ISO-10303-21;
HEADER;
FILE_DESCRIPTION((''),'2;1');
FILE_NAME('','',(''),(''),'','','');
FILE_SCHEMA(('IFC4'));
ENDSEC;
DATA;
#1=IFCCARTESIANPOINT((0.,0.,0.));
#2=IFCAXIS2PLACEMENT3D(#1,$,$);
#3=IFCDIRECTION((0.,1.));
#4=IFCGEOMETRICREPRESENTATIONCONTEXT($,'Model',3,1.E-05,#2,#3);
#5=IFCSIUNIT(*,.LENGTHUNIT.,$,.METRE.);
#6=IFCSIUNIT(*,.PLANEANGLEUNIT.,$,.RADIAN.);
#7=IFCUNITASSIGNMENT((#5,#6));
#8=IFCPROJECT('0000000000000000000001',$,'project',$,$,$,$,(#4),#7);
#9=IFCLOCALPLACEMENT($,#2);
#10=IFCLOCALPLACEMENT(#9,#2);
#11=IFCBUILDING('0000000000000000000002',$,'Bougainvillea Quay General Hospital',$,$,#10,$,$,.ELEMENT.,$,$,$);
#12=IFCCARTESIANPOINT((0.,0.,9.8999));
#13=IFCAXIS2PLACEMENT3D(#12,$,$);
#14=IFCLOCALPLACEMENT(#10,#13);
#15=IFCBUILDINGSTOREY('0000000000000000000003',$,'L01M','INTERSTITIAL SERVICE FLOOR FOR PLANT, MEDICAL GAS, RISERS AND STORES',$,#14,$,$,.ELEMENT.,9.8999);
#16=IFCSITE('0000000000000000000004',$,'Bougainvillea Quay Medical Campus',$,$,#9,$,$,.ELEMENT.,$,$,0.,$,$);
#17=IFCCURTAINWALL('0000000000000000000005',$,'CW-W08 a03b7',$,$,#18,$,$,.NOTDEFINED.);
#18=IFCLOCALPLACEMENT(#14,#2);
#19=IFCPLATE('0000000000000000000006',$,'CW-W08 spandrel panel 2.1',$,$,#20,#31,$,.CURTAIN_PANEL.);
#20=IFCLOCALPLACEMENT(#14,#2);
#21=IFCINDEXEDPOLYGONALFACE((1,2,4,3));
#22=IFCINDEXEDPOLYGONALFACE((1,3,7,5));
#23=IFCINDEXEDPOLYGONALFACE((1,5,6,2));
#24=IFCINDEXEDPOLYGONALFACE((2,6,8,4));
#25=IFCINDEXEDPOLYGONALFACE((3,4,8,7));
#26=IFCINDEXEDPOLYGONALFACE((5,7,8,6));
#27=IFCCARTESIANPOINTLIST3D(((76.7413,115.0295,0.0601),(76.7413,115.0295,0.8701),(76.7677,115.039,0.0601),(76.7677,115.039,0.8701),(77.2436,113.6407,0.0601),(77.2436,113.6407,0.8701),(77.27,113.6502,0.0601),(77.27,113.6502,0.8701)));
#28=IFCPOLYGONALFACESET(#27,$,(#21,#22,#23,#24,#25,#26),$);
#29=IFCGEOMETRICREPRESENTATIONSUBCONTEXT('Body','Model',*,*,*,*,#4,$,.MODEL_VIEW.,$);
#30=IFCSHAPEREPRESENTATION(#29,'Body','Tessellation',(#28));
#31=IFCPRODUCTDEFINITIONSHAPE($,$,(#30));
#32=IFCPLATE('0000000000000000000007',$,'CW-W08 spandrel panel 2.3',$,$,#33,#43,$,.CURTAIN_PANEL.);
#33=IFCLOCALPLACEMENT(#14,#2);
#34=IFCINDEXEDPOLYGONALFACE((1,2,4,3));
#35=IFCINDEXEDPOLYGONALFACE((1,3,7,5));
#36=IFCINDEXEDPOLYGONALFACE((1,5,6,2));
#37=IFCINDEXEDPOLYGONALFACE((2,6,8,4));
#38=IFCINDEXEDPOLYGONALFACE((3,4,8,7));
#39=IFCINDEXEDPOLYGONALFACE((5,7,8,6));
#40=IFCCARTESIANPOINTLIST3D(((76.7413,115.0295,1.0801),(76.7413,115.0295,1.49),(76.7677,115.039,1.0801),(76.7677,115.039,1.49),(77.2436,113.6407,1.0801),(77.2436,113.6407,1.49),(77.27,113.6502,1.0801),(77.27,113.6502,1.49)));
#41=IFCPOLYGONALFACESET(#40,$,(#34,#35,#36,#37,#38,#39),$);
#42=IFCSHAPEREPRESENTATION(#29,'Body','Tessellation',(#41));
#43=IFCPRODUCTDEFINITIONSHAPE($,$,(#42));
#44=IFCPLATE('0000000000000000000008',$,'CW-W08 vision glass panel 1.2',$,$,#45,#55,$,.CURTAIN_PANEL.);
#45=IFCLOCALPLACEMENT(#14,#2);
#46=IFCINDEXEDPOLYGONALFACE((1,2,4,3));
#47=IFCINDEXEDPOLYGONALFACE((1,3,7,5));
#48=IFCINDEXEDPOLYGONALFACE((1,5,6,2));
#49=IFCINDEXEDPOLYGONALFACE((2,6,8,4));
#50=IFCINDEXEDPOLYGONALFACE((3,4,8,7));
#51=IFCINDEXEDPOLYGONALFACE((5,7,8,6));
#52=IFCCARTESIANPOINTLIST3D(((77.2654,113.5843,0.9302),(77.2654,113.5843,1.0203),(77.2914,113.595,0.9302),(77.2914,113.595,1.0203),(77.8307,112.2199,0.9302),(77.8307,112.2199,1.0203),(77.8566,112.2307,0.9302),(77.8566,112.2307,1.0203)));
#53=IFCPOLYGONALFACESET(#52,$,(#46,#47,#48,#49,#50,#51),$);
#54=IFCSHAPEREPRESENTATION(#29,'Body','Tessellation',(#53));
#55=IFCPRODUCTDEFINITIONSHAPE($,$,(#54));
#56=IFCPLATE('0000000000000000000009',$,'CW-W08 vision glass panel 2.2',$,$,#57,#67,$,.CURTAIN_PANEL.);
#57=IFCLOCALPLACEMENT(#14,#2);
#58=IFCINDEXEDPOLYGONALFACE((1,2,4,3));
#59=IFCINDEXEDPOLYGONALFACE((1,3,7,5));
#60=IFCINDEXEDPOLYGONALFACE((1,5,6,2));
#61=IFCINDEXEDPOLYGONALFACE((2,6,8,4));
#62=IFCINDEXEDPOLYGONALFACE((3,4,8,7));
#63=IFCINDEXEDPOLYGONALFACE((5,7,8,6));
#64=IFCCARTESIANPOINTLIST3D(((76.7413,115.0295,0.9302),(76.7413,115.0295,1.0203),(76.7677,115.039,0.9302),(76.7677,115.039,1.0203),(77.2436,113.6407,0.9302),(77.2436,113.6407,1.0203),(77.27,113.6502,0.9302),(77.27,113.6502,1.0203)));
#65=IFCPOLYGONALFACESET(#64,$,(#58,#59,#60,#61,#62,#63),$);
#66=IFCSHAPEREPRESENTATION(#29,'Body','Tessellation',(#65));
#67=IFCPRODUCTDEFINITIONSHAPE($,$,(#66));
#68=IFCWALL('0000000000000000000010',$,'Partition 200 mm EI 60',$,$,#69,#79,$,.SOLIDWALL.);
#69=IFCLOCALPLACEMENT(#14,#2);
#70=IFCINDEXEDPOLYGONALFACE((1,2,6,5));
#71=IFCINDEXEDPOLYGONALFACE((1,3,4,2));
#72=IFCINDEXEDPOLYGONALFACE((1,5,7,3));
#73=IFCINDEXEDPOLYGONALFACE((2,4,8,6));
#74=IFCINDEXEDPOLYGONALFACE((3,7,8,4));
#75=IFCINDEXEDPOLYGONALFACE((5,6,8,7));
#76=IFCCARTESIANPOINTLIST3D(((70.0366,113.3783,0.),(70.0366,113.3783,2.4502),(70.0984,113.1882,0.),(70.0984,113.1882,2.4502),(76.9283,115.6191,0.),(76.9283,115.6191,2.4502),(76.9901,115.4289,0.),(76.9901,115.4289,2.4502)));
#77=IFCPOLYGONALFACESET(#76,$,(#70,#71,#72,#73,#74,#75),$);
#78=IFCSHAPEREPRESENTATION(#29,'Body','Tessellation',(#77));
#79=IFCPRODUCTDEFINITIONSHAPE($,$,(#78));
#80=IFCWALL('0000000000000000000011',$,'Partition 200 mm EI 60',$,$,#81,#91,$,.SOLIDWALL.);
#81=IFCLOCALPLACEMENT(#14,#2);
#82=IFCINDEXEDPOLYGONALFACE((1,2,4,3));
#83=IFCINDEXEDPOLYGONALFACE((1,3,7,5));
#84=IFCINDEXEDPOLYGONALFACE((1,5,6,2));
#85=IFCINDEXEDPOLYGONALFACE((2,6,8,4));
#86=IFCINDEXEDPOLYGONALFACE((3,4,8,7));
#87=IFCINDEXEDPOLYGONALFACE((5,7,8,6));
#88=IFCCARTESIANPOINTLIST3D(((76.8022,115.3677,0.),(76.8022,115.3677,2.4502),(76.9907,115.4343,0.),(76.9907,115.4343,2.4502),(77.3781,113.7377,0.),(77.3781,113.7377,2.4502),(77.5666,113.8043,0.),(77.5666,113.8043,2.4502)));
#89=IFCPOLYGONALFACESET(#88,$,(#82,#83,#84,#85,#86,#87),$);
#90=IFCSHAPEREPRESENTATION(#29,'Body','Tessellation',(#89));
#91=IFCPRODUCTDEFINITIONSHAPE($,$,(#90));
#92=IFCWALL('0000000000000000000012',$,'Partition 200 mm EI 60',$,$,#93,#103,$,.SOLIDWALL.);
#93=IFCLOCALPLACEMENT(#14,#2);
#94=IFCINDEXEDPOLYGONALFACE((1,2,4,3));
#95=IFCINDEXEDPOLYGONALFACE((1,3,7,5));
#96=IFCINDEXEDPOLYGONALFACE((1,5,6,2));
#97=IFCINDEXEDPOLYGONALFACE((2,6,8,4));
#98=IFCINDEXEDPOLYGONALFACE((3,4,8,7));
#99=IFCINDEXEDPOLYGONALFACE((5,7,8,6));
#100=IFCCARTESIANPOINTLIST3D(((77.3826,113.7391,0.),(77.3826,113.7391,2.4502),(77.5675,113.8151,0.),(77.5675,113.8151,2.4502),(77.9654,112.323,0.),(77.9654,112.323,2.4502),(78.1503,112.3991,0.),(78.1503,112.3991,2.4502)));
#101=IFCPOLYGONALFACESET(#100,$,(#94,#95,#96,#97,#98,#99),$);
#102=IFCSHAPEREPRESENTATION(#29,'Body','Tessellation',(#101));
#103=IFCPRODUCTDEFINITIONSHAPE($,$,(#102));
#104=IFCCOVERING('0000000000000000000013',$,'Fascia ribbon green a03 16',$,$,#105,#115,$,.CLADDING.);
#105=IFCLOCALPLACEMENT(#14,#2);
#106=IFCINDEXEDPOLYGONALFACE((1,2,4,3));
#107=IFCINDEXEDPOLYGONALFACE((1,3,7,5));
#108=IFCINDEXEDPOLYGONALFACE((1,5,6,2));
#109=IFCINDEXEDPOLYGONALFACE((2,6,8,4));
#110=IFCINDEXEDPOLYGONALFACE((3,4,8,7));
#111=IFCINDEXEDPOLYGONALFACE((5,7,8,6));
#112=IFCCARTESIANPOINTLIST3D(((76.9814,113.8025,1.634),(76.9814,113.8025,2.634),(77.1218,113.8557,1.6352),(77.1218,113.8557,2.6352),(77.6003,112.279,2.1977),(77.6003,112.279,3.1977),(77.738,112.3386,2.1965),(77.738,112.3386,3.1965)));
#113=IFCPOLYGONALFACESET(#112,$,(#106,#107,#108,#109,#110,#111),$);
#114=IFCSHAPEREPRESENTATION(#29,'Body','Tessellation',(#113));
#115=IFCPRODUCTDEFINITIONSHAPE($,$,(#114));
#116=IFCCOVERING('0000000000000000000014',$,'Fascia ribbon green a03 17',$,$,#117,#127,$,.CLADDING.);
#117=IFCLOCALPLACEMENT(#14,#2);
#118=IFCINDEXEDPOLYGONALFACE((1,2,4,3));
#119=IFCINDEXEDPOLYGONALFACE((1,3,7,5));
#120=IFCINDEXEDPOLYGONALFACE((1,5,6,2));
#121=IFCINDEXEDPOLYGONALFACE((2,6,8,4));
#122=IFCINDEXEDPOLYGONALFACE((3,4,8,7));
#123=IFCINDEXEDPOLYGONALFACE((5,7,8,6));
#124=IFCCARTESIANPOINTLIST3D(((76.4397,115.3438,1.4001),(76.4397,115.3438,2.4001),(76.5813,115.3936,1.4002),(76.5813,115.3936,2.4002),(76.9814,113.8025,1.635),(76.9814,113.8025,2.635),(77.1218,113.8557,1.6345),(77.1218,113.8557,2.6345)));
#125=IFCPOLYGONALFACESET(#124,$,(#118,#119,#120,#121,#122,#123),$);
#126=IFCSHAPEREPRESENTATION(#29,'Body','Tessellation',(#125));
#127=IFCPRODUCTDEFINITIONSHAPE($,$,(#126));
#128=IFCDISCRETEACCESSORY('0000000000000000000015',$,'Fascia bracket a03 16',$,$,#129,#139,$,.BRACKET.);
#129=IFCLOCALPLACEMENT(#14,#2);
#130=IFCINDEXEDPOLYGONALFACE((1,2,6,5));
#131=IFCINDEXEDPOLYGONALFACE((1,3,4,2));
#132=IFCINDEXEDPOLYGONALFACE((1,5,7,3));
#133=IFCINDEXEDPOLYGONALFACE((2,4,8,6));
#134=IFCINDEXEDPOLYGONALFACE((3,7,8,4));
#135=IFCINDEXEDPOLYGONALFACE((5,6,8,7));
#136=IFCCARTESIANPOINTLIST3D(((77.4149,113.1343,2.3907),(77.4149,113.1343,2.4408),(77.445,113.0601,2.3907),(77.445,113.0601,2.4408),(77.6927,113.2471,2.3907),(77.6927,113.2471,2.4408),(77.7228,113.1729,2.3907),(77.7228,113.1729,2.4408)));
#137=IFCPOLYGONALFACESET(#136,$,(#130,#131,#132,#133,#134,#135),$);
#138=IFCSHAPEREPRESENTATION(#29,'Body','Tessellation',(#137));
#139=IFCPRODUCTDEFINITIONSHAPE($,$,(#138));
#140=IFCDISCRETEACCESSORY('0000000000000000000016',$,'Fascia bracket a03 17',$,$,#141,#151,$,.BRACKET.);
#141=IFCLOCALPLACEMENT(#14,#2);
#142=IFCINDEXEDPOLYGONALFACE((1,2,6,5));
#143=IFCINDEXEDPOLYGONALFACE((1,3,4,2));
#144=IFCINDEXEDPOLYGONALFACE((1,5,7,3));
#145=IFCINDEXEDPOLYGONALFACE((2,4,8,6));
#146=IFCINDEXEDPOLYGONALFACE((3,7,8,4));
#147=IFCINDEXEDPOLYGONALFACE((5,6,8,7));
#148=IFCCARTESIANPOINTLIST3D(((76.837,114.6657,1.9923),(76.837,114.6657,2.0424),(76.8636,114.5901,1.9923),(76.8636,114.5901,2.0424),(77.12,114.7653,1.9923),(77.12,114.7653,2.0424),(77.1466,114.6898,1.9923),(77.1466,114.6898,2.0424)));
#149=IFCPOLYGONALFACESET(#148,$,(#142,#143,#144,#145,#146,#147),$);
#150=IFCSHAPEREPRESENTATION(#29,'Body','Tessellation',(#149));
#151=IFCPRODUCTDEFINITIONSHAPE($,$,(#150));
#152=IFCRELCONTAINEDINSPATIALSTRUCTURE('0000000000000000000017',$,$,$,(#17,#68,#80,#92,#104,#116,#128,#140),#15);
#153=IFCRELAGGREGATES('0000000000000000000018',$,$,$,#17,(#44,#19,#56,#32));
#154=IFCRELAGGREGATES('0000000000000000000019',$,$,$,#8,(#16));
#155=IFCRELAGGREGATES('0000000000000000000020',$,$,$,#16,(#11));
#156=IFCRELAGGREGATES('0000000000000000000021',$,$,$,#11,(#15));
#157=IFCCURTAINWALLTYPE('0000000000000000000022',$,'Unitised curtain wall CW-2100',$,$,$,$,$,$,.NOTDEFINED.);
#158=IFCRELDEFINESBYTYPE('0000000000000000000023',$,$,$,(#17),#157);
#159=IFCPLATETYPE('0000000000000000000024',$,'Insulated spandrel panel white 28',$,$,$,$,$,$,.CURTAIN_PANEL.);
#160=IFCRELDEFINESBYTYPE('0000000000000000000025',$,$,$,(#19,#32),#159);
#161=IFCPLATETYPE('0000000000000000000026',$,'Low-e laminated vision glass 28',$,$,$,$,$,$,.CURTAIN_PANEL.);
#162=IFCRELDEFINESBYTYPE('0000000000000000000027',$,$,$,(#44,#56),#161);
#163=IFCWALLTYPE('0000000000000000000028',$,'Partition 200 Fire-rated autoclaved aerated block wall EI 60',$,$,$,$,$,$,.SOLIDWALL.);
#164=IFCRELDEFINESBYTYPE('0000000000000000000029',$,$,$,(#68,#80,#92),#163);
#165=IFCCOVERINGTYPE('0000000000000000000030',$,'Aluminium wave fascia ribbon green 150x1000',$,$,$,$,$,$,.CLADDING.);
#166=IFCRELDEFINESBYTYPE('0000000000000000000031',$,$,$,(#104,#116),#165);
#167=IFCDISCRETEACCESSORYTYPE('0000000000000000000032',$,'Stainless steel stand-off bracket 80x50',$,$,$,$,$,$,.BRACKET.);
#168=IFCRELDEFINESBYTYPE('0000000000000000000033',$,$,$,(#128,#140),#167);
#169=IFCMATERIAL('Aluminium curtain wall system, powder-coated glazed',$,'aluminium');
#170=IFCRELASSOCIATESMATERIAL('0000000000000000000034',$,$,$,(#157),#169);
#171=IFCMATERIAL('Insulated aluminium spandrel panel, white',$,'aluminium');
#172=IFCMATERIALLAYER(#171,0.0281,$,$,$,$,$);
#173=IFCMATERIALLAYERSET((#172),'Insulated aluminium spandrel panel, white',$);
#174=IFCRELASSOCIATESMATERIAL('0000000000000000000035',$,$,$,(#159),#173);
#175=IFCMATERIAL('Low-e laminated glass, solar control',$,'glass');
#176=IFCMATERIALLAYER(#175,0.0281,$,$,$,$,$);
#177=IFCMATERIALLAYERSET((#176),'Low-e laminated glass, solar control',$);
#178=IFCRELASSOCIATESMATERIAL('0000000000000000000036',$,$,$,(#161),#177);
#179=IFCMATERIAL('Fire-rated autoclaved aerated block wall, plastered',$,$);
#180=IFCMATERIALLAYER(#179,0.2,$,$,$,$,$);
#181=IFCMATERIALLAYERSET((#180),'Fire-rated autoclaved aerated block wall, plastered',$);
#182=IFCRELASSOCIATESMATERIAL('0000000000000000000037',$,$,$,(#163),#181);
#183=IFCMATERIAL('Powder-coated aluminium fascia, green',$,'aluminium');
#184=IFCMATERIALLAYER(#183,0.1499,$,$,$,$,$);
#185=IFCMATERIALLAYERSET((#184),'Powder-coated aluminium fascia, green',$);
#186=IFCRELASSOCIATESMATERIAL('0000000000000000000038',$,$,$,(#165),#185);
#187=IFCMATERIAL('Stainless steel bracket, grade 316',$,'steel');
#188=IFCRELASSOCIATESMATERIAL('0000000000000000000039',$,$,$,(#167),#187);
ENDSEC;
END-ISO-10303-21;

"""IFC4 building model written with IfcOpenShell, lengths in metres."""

from ifc_helpers import new_model, si_unit, direction, frame, frame_2d, origin, origin_2d, place, context, subcontext, project, spatial, polyline, rectangle, outline, extrude, material, layer, layer_set, material_profile, profile_set, type_object, element, aggregate, save


model = new_model("IFC4")

# Units and contexts
model_context = context("Model", 3, precision=1e-05, world=origin(), true_north=direction((0.0, 1.0)))
body_context = subcontext(model_context, "Body", "Model", "MODEL_VIEW")
ifc_project = project(units=[si_unit("LENGTHUNIT", "METRE"), si_unit("PLANEANGLEUNIT", "RADIAN")], contexts=[model_context])

# Site, building, storey
site_placement = place(None, origin())
site = spatial("IfcSite", under=ifc_project, at=site_placement, Name="Bougainvillea Quay Medical Campus", CompositionType="ELEMENT", RefElevation=0.0)
building_placement = place(site_placement, origin())
building = spatial("IfcBuilding", under=site, at=building_placement, Name="Bougainvillea Quay General Hospital", CompositionType="ELEMENT")
storey_placement = place(building_placement, frame((0.0, 0.0, 9.8999)))
storey = spatial("IfcBuildingStorey", under=building, at=storey_placement, Name="L01M", Description="INTERSTITIAL SERVICE FLOOR FOR PLANT, MEDICAL GAS, RISERS AND STORES", CompositionType="ELEMENT", Elevation=9.8999)

# Curtain wall
ifc_material_1 = material(Name="Aluminium curtain wall system, powder-coated glazed", Category="aluminium")
curtain_wall_type_1 = type_object("IfcCurtainWallType", Name="Unitised curtain wall CW-2100", PredefinedType="NOTDEFINED", material=ifc_material_1)
curtain_wall_1_placement = place(storey_placement, origin())
curtain_wall_1 = element("IfcCurtainWall", 1, at=curtain_wall_1_placement, inside=storey, type_object=curtain_wall_type_1, Name="CW-W08 a03b7", PredefinedType="NOTDEFINED")

# Plates
ifc_material_2 = material(Name="Insulated aluminium spandrel panel, white", Category="aluminium")
ifc_layer_1 = layer(ifc_material_2, 0.0281)
ifc_layer_set_1 = layer_set([ifc_layer_1], Name="Insulated aluminium spandrel panel, white")
plate_type_1 = type_object("IfcPlateType", Name="Insulated spandrel panel white 28", PredefinedType="CURTAIN_PANEL", material=ifc_layer_set_1)
plate_1_placement = place(storey_placement, frame((77.0056, 114.3398, 0.0601), z_axis=(0.0, 0.0, 1.0), x_axis=(-0.34012, 0.940382, 0.0)))
plate_1 = element("IfcPlate", 2, at=plate_1_placement, type_object=plate_type_1, Name="CW-W08 spandrel panel 2.1", PredefinedType="CURTAIN_PANEL", context=body_context, shape_type="SweptSolid", body=[
    extrude(rectangle(XDim=1.4768, YDim=0.0281, at=origin_2d()), origin(), (0.0, 0.0, 1.0), 0.8101),
])
plate_2_placement = place(storey_placement, frame((77.0056, 114.3398, 1.0801), z_axis=(0.0, 0.0, 1.0), x_axis=(-0.34012, 0.940382, 0.0)))
plate_2 = element("IfcPlate", 3, at=plate_2_placement, type_object=plate_type_1, Name="CW-W08 spandrel panel 2.3", PredefinedType="CURTAIN_PANEL", context=body_context, shape_type="SweptSolid", body=[
    extrude(rectangle(XDim=1.4768, YDim=0.0281, at=origin_2d()), origin(), (0.0, 0.0, 1.0), 0.4099),
])
ifc_material_3 = material(Name="Low-e laminated glass, solar control", Category="glass")
ifc_layer_2 = layer(ifc_material_3, 0.0281)
ifc_layer_set_2 = layer_set([ifc_layer_2], Name="Low-e laminated glass, solar control")
plate_type_2 = type_object("IfcPlateType", Name="Low-e laminated vision glass 28", PredefinedType="CURTAIN_PANEL", material=ifc_layer_set_2)
plate_3_placement = place(storey_placement, frame((77.561, 112.9075, 0.9302), z_axis=(0.0, 0.0, 1.0), x_axis=(-0.38277, 0.923843, 0.0)))
plate_3 = element("IfcPlate", 4, at=plate_3_placement, type_object=plate_type_2, Name="CW-W08 vision glass panel 1.2", PredefinedType="CURTAIN_PANEL", context=body_context, shape_type="SweptSolid", body=[
    extrude(rectangle(XDim=1.4768, YDim=0.0281, at=origin_2d()), origin(), (0.0, 0.0, 1.0), 0.0901),
])
plate_4_placement = place(storey_placement, frame((77.0056, 114.3398, 0.9302), z_axis=(0.0, 0.0, 1.0), x_axis=(-0.34012, 0.940382, 0.0)))
plate_4 = element("IfcPlate", 5, at=plate_4_placement, type_object=plate_type_2, Name="CW-W08 vision glass panel 2.2", PredefinedType="CURTAIN_PANEL", context=body_context, shape_type="SweptSolid", body=[
    extrude(rectangle(XDim=1.4768, YDim=0.0281, at=origin_2d()), origin(), (0.0, 0.0, 1.0), 0.0901),
])
aggregate(curtain_wall_1, [plate_3, plate_1, plate_4, plate_2])

# Walls
ifc_material_4 = material(Name="Fire-rated autoclaved aerated block wall, plastered")
ifc_layer_3 = layer(ifc_material_4, 0.2)
ifc_layer_set_3 = layer_set([ifc_layer_3], Name="Fire-rated autoclaved aerated block wall, plastered")
wall_type = type_object("IfcWallType", Name="Partition 200 Fire-rated autoclaved aerated block wall EI 60", PredefinedType="SOLIDWALL", material=ifc_layer_set_3)
wall_1_placement = place(storey_placement, frame((70.0674, 113.2832, 0.0), z_axis=(0.0, 0.0, 1.0), x_axis=(0.950995, 0.309205, 0.0)))
element("IfcWall", 6, at=wall_1_placement, inside=storey, type_object=wall_type, Name="Partition 200 mm EI 60", PredefinedType="SOLIDWALL", context=body_context, shape_type="SweptSolid", body=[
    extrude(rectangle(XDim=7.2468, YDim=0.2, at=frame_2d((3.6235, 0.0))), origin(), (0.0, 0.0, 1.0), 2.4502),
])
wall_2_placement = place(storey_placement, frame((76.8965, 115.4009, 0.0), z_axis=(0.0, 0.0, 1.0), x_axis=(0.333123, -0.942883, 0.0)))
element("IfcWall", 7, at=wall_2_placement, inside=storey, type_object=wall_type, Name="Partition 200 mm EI 60", PredefinedType="SOLIDWALL", context=body_context, shape_type="SweptSolid", body=[
    extrude(rectangle(XDim=1.7288, YDim=0.2, at=frame_2d((0.8643, 0.0))), origin(), (0.0, 0.0, 1.0), 2.4502),
])
wall_3_placement = place(storey_placement, frame((77.4751, 113.7771, 0.0), z_axis=(0.0, 0.0, 1.0), x_axis=(0.380581, -0.924747, 0.0)))
element("IfcWall", 8, at=wall_3_placement, inside=storey, type_object=wall_type, Name="Partition 200 mm EI 60", PredefinedType="SOLIDWALL", context=body_context, shape_type="SweptSolid", body=[
    extrude(rectangle(XDim=1.5312, YDim=0.2, at=frame_2d((0.7656, 0.0))), origin(), (0.0, 0.0, 1.0), 2.4502),
])

# Coverings
ifc_material_5 = material(Name="Powder-coated aluminium fascia, green", Category="aluminium")
ifc_layer_4 = layer(ifc_material_5, 0.1499)
ifc_layer_set_4 = layer_set([ifc_layer_4], Name="Powder-coated aluminium fascia, green")
covering_type = type_object("IfcCoveringType", Name="Aluminium wave fascia ribbon green 150x1000", PredefinedType="CLADDING", material=ifc_layer_set_4)
covering_1_placement = place(storey_placement, frame((77.738, 112.3386, 2.1965), z_axis=(-0.121887, 0.300496, 0.945963), x_axis=(-0.355986, 0.876425, -0.324275)))
element("IfcCovering", 9, at=covering_1_placement, inside=storey, type_object=covering_type, Name="Fascia ribbon green a03 16", PredefinedType="CLADDING", context=body_context, shape_type="SweptSolid", body=[
    extrude(outline(polyline([(0.0, 0.0), (1.731, 0.0), (1.7347, 0.1501), (-0.0036, 0.15), (0.0, 0.0)])), origin(), (-0.324275, 0.000148, 0.945963), 1.0),
])
covering_2_placement = place(storey_placement, frame((77.1218, 113.8557, 1.6345), z_axis=(-0.047322, 0.13421, 0.989822), x_axis=(-0.328223, 0.933819, -0.142309)))
element("IfcCovering", 10, at=covering_2_placement, inside=storey, type_object=covering_type, Name="Fascia ribbon green a03 17", PredefinedType="CLADDING", context=body_context, shape_type="SweptSolid", body=[
    extrude(outline(polyline([(0.0, 0.0), (1.6468, 0.0), (1.6468, 0.1501), (-0.0037, 0.1501), (0.0, 0.0)])), origin(), (-0.142309, -0.000139, 0.989822), 1.0),
])

# Discrete accessories
ifc_material_6 = material(Name="Stainless steel bracket, grade 316", Category="steel")
ifc_material_profile_1 = material_profile(ifc_material_6, rectangle(XDim=0.0801, YDim=0.05, at=origin_2d()))
ifc_profile_set_1 = profile_set([ifc_material_profile_1], Name="Stainless steel bracket, grade 316")
discrete_accessory_type = type_object("IfcDiscreteAccessoryType", Name="Stainless steel stand-off bracket 80x50", PredefinedType="BRACKET", material=ifc_profile_set_1)
discrete_accessory_1_placement = place(storey_placement, frame((77.7078, 113.21, 2.4158), z_axis=(-0.926555, -0.376159, 0.0), x_axis=(0.376159, -0.926555, 0.0)))
element("IfcDiscreteAccessory", 11, at=discrete_accessory_1_placement, inside=storey, type_object=discrete_accessory_type, Name="Fascia bracket a03 16", PredefinedType="BRACKET", context=body_context, shape_type="SweptSolid", body=[
    extrude(rectangle(XDim=0.0801, YDim=0.05, at=origin_2d()), origin(), (0.0, 0.0, 1.0), 0.2998),
])
discrete_accessory_2_placement = place(storey_placement, frame((77.1333, 114.7275, 2.0173), z_axis=(-0.94326, -0.332054, 0.0), x_axis=(0.332054, -0.94326, 0.0)))
element("IfcDiscreteAccessory", 12, at=discrete_accessory_2_placement, inside=storey, type_object=discrete_accessory_type, Name="Fascia bracket a03 17", PredefinedType="BRACKET", context=body_context, shape_type="SweptSolid", body=[
    extrude(rectangle(XDim=0.0801, YDim=0.05, at=origin_2d()), origin(), (0.0, 0.0, 1.0), 0.3),
])

save(model, "model.ifc")
